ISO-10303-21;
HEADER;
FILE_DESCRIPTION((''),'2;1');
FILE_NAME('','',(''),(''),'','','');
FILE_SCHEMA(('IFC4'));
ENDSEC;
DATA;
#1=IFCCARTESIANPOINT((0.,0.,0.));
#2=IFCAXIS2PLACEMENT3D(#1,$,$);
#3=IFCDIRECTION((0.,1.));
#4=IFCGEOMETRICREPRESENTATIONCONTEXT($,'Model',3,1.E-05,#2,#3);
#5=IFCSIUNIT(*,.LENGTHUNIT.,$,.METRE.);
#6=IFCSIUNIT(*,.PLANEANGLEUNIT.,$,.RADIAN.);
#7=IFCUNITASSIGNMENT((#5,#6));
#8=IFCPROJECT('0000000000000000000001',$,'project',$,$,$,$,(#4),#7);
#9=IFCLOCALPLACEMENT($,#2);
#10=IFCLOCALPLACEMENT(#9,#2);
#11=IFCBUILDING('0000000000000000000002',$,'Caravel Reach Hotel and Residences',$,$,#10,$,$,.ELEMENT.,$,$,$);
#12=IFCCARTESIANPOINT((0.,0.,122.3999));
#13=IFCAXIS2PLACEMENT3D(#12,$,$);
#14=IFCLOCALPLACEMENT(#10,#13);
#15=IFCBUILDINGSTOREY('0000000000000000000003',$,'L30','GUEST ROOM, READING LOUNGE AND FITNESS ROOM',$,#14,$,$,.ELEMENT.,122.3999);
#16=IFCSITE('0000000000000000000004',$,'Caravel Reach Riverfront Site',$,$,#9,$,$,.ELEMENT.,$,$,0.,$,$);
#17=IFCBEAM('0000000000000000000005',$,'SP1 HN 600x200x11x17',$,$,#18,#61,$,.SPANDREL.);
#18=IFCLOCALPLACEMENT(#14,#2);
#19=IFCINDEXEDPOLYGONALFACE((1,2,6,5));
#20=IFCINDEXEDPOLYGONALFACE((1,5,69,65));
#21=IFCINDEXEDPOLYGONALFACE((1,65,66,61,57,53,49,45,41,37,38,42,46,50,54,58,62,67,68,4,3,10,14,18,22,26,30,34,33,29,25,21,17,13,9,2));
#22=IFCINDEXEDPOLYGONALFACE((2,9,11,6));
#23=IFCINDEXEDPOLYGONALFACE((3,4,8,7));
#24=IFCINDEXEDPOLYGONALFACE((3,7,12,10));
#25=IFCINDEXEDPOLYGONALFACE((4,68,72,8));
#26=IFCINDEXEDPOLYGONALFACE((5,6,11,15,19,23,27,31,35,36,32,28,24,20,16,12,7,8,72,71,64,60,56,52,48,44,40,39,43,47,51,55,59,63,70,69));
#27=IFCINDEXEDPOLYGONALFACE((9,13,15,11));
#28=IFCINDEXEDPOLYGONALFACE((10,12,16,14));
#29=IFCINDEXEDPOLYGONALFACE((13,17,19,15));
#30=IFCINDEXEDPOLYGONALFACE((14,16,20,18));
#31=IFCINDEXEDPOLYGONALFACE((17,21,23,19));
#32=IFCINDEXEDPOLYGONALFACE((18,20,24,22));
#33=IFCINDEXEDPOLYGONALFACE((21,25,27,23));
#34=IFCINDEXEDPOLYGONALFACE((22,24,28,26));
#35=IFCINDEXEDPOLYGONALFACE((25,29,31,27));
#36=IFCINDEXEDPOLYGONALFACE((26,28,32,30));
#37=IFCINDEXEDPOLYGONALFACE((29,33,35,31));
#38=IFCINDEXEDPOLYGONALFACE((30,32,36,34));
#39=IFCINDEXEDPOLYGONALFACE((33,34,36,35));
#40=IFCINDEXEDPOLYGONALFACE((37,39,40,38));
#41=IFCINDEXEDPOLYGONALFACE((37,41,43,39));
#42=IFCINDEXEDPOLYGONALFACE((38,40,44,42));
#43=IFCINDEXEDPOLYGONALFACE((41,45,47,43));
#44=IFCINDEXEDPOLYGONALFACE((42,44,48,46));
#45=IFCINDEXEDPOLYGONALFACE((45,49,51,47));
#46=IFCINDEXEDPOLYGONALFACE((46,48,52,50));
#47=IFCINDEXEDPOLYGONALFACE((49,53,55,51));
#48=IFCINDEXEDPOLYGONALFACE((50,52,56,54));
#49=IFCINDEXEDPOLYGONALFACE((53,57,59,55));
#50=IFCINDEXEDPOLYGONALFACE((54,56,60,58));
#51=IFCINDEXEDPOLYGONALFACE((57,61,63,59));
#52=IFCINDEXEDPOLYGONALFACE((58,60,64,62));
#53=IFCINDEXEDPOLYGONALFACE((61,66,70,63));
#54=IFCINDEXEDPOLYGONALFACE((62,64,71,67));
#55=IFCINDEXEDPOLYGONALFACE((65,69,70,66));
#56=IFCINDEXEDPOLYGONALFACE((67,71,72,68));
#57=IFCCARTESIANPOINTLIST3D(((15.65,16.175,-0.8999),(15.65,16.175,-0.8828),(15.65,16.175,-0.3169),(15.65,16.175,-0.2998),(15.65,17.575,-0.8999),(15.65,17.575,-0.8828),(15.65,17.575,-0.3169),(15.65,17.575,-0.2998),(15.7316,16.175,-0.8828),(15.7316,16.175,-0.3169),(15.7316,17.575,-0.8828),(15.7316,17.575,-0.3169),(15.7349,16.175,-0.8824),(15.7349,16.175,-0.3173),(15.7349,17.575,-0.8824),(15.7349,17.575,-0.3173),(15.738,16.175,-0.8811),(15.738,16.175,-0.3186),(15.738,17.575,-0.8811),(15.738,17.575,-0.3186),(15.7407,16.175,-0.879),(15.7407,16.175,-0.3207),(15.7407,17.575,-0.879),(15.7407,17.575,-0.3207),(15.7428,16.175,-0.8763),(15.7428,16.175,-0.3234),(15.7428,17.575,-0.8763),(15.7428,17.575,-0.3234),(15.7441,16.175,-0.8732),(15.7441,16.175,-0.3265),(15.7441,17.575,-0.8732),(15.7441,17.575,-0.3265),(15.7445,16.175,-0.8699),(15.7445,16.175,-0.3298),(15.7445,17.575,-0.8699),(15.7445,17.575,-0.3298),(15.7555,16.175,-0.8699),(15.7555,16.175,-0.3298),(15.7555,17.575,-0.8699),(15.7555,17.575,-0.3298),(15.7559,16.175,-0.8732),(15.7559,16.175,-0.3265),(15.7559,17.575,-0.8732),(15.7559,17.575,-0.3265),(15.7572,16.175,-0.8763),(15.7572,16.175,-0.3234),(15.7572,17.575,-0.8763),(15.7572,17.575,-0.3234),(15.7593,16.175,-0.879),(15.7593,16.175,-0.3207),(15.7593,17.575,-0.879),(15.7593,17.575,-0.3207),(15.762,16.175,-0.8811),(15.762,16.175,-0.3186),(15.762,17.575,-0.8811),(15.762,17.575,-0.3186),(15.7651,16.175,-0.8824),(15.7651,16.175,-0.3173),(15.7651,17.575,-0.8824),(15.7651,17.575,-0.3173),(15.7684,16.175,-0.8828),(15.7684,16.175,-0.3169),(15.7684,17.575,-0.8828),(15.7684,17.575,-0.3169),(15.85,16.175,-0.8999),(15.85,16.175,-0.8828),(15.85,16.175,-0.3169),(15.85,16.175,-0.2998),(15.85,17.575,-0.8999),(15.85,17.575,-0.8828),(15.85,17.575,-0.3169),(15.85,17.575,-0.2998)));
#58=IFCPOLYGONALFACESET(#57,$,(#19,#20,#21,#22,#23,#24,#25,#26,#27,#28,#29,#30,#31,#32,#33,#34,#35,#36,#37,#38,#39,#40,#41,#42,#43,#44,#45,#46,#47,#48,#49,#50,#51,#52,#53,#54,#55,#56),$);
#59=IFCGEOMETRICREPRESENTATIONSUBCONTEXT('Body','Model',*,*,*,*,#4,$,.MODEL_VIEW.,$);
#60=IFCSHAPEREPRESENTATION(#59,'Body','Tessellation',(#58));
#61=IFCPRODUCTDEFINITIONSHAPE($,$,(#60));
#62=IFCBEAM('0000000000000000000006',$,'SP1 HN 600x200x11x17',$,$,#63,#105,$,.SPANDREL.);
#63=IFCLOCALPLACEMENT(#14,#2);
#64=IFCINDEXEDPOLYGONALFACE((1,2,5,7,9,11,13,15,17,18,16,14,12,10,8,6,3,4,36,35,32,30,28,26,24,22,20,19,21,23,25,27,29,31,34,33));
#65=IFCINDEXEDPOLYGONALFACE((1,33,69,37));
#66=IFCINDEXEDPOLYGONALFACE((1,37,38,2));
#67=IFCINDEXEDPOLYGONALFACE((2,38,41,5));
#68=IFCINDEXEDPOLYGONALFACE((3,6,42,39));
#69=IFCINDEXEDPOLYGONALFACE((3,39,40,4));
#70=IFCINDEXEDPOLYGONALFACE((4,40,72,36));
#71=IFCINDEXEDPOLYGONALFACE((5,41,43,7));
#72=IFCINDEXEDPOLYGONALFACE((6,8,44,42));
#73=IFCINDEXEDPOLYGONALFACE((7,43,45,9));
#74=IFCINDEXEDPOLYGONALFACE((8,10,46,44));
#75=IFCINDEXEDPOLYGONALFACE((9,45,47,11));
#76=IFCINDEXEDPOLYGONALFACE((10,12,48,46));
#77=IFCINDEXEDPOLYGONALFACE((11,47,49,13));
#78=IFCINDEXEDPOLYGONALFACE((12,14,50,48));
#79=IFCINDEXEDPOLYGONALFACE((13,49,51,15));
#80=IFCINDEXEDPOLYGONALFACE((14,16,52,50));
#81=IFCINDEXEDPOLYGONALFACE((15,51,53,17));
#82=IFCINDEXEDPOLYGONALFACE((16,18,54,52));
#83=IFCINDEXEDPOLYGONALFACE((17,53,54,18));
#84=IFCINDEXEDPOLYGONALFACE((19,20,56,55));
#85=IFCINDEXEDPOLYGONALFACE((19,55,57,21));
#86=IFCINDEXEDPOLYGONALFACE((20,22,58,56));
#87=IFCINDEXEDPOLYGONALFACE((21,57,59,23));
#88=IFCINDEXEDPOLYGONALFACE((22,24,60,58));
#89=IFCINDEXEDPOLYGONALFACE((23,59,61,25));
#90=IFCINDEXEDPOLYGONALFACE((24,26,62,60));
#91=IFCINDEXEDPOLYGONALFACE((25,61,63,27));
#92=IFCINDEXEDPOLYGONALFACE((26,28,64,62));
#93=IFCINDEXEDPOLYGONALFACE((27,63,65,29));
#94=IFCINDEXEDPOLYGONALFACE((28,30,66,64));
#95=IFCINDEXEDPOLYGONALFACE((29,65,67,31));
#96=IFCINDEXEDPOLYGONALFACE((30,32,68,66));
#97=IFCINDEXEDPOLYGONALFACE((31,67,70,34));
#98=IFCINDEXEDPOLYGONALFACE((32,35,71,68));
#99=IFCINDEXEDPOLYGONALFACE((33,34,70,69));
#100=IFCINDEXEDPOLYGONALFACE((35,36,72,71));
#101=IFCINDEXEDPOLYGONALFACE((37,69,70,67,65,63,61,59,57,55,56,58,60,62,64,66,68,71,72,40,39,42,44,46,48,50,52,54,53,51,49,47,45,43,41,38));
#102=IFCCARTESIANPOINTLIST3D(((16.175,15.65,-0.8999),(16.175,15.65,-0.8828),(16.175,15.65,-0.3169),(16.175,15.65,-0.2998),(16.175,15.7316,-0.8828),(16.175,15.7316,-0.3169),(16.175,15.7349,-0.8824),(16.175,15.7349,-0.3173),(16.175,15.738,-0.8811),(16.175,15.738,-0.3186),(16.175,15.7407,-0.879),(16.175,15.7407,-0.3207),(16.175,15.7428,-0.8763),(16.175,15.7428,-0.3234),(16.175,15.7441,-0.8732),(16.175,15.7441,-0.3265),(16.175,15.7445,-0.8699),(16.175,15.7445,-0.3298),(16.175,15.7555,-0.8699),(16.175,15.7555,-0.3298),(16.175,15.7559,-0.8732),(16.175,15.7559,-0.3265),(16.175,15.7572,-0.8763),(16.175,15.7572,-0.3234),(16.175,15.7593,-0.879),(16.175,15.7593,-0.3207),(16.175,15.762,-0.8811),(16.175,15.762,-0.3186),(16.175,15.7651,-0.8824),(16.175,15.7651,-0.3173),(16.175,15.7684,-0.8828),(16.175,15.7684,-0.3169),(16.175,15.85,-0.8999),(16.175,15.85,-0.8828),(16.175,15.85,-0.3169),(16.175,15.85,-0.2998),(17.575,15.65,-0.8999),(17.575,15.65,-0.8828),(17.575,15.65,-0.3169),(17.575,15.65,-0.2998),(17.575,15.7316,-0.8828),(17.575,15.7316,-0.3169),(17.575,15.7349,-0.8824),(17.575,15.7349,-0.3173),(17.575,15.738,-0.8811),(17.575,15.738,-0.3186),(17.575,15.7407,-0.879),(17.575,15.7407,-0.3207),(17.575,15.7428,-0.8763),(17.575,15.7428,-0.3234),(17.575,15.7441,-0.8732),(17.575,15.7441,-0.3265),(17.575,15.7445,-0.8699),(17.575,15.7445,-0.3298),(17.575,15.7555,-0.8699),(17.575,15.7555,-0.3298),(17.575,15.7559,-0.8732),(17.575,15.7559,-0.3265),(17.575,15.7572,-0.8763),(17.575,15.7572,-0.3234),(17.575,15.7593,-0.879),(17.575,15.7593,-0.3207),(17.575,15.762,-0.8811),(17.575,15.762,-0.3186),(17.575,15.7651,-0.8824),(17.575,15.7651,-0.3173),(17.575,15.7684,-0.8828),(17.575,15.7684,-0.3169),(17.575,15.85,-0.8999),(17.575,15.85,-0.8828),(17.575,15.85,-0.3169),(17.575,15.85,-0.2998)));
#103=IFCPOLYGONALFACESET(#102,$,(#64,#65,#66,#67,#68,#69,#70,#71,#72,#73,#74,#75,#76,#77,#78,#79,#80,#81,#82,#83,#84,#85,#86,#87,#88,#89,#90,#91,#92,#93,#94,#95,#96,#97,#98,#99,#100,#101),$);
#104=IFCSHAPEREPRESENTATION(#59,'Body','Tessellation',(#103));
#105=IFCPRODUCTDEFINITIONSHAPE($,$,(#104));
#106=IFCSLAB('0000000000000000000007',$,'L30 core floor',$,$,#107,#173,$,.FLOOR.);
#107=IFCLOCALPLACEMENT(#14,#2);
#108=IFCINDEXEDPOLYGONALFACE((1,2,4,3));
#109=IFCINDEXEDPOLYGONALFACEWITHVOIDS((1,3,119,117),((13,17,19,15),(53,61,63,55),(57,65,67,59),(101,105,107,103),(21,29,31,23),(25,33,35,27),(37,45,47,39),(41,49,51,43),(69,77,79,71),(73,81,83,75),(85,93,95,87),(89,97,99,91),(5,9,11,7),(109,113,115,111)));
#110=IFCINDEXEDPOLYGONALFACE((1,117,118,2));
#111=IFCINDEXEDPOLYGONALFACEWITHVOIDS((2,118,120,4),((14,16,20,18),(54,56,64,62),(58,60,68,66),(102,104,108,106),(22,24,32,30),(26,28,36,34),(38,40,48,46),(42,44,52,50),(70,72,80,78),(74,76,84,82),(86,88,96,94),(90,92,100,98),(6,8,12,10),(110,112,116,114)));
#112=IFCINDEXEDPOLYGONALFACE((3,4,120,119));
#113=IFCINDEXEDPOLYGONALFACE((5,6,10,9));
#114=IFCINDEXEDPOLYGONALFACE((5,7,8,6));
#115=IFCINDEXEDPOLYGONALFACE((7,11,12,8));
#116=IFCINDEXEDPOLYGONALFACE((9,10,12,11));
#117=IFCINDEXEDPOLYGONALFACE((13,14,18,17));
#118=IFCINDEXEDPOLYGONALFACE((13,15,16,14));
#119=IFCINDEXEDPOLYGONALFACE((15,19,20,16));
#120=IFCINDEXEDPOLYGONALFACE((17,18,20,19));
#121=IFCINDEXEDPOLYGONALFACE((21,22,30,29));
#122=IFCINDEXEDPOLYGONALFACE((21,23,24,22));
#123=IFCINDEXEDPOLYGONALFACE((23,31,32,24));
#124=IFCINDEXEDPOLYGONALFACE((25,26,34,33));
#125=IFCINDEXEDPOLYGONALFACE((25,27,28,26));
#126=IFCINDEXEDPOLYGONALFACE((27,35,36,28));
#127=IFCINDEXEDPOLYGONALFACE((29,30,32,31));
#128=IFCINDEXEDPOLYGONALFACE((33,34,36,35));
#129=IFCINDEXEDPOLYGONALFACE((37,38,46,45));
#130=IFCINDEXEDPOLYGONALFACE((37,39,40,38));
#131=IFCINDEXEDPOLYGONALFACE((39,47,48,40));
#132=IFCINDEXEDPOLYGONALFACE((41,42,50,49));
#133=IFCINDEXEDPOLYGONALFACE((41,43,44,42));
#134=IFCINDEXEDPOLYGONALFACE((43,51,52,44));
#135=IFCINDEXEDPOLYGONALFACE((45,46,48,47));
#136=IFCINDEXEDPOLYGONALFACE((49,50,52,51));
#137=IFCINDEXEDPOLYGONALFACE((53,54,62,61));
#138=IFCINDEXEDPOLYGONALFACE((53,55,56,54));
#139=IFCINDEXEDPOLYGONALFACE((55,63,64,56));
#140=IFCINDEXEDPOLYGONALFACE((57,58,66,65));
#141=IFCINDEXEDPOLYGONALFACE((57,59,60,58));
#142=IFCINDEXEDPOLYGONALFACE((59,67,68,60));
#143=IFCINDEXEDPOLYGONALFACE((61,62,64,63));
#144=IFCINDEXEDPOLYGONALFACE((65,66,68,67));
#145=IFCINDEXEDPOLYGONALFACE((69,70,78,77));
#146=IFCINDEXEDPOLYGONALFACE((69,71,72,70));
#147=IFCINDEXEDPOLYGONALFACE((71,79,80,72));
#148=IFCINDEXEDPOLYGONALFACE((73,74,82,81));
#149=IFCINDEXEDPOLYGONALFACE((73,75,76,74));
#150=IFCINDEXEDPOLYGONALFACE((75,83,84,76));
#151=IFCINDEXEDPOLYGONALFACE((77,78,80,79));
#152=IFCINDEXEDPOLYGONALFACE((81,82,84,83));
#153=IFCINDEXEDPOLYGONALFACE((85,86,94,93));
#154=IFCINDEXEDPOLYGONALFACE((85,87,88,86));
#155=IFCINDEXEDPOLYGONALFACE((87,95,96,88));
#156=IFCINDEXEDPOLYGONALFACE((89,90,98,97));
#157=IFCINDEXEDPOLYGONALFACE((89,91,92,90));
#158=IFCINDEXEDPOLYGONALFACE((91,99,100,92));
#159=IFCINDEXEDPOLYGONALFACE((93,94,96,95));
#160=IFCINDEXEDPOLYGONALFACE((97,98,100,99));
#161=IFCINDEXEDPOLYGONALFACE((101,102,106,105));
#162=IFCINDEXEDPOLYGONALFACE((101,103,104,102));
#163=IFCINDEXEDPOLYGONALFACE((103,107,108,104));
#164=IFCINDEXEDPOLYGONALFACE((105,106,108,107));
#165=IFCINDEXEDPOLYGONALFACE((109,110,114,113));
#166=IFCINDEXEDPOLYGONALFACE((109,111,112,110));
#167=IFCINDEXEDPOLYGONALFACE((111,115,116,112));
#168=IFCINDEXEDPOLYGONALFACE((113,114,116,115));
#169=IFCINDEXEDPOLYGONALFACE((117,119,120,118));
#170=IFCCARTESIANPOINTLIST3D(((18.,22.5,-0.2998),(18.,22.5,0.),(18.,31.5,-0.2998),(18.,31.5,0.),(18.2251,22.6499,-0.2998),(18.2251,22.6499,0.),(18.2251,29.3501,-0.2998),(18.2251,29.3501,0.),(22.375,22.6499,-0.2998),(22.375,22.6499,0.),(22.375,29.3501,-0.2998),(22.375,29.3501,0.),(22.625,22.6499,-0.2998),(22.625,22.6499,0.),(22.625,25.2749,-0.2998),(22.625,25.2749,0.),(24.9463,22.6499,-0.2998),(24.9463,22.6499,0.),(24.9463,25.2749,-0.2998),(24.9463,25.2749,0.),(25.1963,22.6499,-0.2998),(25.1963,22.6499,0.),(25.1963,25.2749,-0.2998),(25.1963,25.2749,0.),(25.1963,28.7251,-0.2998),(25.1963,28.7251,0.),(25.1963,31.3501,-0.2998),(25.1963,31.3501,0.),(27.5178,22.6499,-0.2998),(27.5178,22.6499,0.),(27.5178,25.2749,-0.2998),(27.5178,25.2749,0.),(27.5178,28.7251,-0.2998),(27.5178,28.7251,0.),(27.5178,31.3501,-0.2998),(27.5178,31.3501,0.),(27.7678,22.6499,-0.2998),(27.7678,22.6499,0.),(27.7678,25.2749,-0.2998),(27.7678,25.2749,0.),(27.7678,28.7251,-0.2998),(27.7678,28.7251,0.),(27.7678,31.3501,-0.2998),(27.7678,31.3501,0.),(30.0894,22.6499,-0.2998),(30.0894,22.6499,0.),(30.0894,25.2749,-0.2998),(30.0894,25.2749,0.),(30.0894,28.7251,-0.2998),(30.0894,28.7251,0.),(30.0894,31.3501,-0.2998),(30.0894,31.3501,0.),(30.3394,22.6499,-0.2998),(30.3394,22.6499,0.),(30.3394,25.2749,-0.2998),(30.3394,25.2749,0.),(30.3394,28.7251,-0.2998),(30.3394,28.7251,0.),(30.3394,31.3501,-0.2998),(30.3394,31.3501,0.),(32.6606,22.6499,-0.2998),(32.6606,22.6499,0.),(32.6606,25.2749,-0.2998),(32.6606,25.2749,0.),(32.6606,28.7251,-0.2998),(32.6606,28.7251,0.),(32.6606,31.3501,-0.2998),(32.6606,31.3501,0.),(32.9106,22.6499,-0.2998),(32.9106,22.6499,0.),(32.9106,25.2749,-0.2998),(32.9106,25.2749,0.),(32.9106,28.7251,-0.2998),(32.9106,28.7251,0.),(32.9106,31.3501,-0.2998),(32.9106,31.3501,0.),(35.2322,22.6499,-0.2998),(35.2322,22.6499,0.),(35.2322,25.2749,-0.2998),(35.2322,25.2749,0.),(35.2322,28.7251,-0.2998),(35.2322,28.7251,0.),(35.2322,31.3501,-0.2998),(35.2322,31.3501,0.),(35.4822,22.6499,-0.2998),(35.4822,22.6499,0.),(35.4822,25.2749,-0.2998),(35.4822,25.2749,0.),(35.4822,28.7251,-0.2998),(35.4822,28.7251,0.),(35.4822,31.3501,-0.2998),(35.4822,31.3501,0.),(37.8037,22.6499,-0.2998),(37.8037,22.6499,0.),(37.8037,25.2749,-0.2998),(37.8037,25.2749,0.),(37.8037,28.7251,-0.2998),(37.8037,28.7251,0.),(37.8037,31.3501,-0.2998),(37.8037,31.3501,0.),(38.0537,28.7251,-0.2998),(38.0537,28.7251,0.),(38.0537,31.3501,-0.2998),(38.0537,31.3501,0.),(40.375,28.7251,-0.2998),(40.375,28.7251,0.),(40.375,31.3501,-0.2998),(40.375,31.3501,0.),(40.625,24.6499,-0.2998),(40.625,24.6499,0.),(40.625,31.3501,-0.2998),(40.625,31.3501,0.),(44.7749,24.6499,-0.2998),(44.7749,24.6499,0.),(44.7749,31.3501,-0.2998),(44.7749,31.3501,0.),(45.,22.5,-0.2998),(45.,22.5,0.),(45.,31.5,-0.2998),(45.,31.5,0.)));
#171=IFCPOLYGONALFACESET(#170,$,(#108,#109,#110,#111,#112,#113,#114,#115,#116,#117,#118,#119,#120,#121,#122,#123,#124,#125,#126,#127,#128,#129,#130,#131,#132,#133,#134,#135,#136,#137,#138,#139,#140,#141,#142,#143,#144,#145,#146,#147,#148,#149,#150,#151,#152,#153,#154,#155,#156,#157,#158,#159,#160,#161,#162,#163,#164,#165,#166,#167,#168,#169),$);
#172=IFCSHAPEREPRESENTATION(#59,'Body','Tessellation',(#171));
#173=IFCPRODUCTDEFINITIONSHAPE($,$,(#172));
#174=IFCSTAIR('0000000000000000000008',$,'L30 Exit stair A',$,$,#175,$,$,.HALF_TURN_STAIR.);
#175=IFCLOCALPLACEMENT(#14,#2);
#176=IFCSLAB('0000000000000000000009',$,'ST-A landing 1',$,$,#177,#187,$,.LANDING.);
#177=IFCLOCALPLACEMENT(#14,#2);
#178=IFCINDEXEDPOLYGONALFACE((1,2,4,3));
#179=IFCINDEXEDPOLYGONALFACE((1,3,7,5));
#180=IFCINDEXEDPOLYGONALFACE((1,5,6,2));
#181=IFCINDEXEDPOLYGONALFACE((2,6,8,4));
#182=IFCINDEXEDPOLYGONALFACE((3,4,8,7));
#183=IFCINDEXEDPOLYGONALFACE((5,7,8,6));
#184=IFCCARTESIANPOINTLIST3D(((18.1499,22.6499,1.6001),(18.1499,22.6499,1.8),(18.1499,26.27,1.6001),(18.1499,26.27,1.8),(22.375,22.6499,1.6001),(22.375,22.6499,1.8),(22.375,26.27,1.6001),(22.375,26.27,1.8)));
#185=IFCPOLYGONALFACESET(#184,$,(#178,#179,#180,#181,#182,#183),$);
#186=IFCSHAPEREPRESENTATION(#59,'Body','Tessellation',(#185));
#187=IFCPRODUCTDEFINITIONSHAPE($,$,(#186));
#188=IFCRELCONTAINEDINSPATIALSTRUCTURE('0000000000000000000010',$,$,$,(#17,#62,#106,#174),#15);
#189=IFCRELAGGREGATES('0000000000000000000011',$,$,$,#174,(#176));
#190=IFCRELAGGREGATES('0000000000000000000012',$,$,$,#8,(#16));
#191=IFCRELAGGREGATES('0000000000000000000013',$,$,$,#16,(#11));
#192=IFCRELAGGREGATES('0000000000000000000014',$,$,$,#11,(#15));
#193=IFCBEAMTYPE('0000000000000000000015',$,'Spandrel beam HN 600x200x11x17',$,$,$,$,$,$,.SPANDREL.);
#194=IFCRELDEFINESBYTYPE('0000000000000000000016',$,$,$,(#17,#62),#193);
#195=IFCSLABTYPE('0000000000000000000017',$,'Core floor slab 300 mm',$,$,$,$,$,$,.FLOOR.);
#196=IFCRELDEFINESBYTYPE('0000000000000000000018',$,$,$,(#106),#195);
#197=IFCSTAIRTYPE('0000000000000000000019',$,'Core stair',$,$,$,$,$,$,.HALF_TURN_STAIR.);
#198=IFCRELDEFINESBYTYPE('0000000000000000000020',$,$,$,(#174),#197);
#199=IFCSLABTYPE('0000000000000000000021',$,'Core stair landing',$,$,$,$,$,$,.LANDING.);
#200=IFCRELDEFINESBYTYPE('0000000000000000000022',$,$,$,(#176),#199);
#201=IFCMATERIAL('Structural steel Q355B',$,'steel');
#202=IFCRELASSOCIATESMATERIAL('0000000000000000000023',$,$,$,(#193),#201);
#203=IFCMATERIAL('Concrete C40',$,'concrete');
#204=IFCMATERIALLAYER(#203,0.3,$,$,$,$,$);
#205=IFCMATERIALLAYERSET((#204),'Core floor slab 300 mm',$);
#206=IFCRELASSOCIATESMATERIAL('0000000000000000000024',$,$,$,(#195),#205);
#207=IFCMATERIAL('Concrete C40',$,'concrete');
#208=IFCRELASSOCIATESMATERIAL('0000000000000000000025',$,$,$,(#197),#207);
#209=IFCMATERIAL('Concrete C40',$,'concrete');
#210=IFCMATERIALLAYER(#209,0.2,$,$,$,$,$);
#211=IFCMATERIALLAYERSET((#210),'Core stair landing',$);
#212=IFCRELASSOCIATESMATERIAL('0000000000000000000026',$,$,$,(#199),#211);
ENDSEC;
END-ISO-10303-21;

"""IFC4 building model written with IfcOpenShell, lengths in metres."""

from ifc_helpers import new_model, si_unit, direction, frame, origin, origin_2d, place, context, subcontext, project, spatial, polyline, i_section, outline, extrude, material, layer, layer_set, material_profile, profile_set, type_object, element, aggregate, save


model = new_model("IFC4")

# Units and contexts
model_context = context("Model", 3, precision=1e-05, world=origin(), true_north=direction((0.0, 1.0)))
body_context = subcontext(model_context, "Body", "Model", "MODEL_VIEW")
ifc_project = project(units=[si_unit("LENGTHUNIT", "METRE"), si_unit("PLANEANGLEUNIT", "RADIAN")], contexts=[model_context])

# Site, building, storey
site_placement = place(None, origin())
site = spatial("IfcSite", under=ifc_project, at=site_placement, Name="Caravel Reach Riverfront Site", CompositionType="ELEMENT", RefElevation=0.0)
building_placement = place(site_placement, origin())
building = spatial("IfcBuilding", under=site, at=building_placement, Name="Caravel Reach Hotel and Residences", CompositionType="ELEMENT")
storey_placement = place(building_placement, frame((0.0, 0.0, 122.3999)))
storey = spatial("IfcBuildingStorey", under=building, at=storey_placement, Name="L30", Description="GUEST ROOM, READING LOUNGE AND FITNESS ROOM", CompositionType="ELEMENT", Elevation=122.3999)

# Beams
ifc_material_1 = material(Name="Structural steel Q355B", Category="steel")
ifc_material_profile_1 = material_profile(ifc_material_1, i_section(OverallWidth=0.2, OverallDepth=0.6001, WebThickness=0.011, FlangeThickness=0.0171, FilletRadius=0.0129, at=origin_2d()), Name="HN 600x200x11x17")
ifc_profile_set_1 = profile_set([ifc_material_profile_1], Name="Structural steel Q355B")
beam_type = type_object("IfcBeamType", Name="Spandrel beam HN 600x200x11x17", PredefinedType="SPANDREL", material=ifc_profile_set_1)
for number, where, z_axis, x_axis, name in (
    (1, (15.75, 17.575, -0.5999), (0.0, -1.0, 0.0), (1.0, 0.0, 0.0), "SP1 HN 600x200x11x17"),
    (2, (16.175, 15.75, -0.5999), (1.0, 0.0, 0.0), (0.0, 1.0, 0.0), "SP1 HN 600x200x11x17"),
):
    element("IfcBeam", number, at=place(storey_placement, frame(where, z_axis=z_axis, x_axis=x_axis)), inside=storey, type_object=beam_type, Name=name, PredefinedType="SPANDREL", context=body_context, shape_type="SweptSolid", body=[
        extrude(i_section(OverallWidth=0.2, OverallDepth=0.6001, WebThickness=0.011, FlangeThickness=0.0171, FilletRadius=0.0129, at=origin_2d()), origin(), (0.0, 0.0, 1.0), 1.3999),
    ])

# Slab
ifc_material_2 = material(Name="Concrete C40", Category="concrete")
ifc_layer_1 = layer(ifc_material_2, 0.3)
ifc_layer_set_1 = layer_set([ifc_layer_1], Name="Core floor slab 300 mm")
slab_type_1 = type_object("IfcSlabType", Name="Core floor slab 300 mm", PredefinedType="FLOOR", material=ifc_layer_set_1)
slab_1_placement = place(storey_placement, frame((0.0, 0.0, -0.2998)))
element("IfcSlab", 3, at=slab_1_placement, inside=storey, type_object=slab_type_1, Name="L30 core floor", PredefinedType="FLOOR", context=body_context, shape_type="SweptSolid", body=[
    extrude(outline(polyline([(18.0, 31.5), (45.0, 31.5), (45.0, 22.5), (18.0, 22.5), (18.0, 31.5)]), holes=[polyline([(22.625, 25.2749), (22.625, 22.6499), (24.9463, 22.6499), (24.9463, 25.2749), (22.625, 25.2749)]), polyline([(27.5178, 25.2749), (25.1963, 25.2749), (25.1963, 22.6499), (27.5178, 22.6499), (27.5178, 25.2749)]), polyline([(30.0894, 25.2749), (27.7678, 25.2749), (27.7678, 22.6499), (30.0894, 22.6499), (30.0894, 25.2749)]), polyline([(32.6606, 25.2749), (30.3394, 25.2749), (30.3394, 22.6499), (32.6606, 22.6499), (32.6606, 25.2749)]), polyline([(18.2251, 22.6499), (22.375, 22.6499), (22.375, 29.3501), (18.2251, 29.3501), (18.2251, 22.6499)]), polyline([(27.5178, 31.3501), (25.1963, 31.3501), (25.1963, 28.7251), (27.5178, 28.7251), (27.5178, 31.3501)]), polyline([(30.0894, 31.3501), (27.7678, 31.3501), (27.7678, 28.7251), (30.0894, 28.7251), (30.0894, 31.3501)]), polyline([(32.9106, 25.2749), (32.9106, 22.6499), (35.2322, 22.6499), (35.2322, 25.2749), (32.9106, 25.2749)]), polyline([(37.8037, 25.2749), (35.4822, 25.2749), (35.4822, 22.6499), (37.8037, 22.6499), (37.8037, 25.2749)]), polyline([(44.7749, 31.3501), (40.625, 31.3501), (40.625, 24.6499), (44.7749, 24.6499), (44.7749, 31.3501)]), polyline([(32.6606, 31.3501), (30.3394, 31.3501), (30.3394, 28.7251), (32.6606, 28.7251), (32.6606, 31.3501)]), polyline([(35.2322, 31.3501), (32.9106, 31.3501), (32.9106, 28.7251), (35.2322, 28.7251), (35.2322, 31.3501)]), polyline([(37.8037, 31.3501), (35.4822, 31.3501), (35.4822, 28.7251), (37.8037, 28.7251), (37.8037, 31.3501)]), polyline([(40.375, 31.3501), (38.0537, 31.3501), (38.0537, 28.7251), (40.375, 28.7251), (40.375, 31.3501)])]), origin(), (0.0, 0.0, 1.0), 0.2998),
])

# Stair, slab
ifc_material_3 = material(Name="Concrete C40", Category="concrete")
stair_type = type_object("IfcStairType", Name="Core stair", PredefinedType="HALF_TURN_STAIR", material=ifc_material_3)
stair_1_placement = place(storey_placement, origin())
stair_1 = element("IfcStair", 4, at=stair_1_placement, inside=storey, type_object=stair_type, Name="L30 Exit stair A", PredefinedType="HALF_TURN_STAIR")
ifc_material_4 = material(Name="Concrete C40", Category="concrete")
ifc_layer_2 = layer(ifc_material_4, 0.2)
ifc_layer_set_2 = layer_set([ifc_layer_2], Name="Core stair landing")
slab_type_2 = type_object("IfcSlabType", Name="Core stair landing", PredefinedType="LANDING", material=ifc_layer_set_2)
slab_2_placement = place(storey_placement, frame((0.0, 0.0, 1.6001)))
slab_2 = element("IfcSlab", 5, at=slab_2_placement, type_object=slab_type_2, Name="ST-A landing 1", PredefinedType="LANDING", context=body_context, shape_type="SweptSolid", body=[
    extrude(outline(polyline([(18.1499, 26.27), (18.1499, 22.6499), (22.375, 22.6499), (22.375, 26.27), (18.1499, 26.27)])), origin(), (0.0, 0.0, 1.0), 0.2),
])
aggregate(stair_1, [slab_2])

save(model, "model.ifc")
